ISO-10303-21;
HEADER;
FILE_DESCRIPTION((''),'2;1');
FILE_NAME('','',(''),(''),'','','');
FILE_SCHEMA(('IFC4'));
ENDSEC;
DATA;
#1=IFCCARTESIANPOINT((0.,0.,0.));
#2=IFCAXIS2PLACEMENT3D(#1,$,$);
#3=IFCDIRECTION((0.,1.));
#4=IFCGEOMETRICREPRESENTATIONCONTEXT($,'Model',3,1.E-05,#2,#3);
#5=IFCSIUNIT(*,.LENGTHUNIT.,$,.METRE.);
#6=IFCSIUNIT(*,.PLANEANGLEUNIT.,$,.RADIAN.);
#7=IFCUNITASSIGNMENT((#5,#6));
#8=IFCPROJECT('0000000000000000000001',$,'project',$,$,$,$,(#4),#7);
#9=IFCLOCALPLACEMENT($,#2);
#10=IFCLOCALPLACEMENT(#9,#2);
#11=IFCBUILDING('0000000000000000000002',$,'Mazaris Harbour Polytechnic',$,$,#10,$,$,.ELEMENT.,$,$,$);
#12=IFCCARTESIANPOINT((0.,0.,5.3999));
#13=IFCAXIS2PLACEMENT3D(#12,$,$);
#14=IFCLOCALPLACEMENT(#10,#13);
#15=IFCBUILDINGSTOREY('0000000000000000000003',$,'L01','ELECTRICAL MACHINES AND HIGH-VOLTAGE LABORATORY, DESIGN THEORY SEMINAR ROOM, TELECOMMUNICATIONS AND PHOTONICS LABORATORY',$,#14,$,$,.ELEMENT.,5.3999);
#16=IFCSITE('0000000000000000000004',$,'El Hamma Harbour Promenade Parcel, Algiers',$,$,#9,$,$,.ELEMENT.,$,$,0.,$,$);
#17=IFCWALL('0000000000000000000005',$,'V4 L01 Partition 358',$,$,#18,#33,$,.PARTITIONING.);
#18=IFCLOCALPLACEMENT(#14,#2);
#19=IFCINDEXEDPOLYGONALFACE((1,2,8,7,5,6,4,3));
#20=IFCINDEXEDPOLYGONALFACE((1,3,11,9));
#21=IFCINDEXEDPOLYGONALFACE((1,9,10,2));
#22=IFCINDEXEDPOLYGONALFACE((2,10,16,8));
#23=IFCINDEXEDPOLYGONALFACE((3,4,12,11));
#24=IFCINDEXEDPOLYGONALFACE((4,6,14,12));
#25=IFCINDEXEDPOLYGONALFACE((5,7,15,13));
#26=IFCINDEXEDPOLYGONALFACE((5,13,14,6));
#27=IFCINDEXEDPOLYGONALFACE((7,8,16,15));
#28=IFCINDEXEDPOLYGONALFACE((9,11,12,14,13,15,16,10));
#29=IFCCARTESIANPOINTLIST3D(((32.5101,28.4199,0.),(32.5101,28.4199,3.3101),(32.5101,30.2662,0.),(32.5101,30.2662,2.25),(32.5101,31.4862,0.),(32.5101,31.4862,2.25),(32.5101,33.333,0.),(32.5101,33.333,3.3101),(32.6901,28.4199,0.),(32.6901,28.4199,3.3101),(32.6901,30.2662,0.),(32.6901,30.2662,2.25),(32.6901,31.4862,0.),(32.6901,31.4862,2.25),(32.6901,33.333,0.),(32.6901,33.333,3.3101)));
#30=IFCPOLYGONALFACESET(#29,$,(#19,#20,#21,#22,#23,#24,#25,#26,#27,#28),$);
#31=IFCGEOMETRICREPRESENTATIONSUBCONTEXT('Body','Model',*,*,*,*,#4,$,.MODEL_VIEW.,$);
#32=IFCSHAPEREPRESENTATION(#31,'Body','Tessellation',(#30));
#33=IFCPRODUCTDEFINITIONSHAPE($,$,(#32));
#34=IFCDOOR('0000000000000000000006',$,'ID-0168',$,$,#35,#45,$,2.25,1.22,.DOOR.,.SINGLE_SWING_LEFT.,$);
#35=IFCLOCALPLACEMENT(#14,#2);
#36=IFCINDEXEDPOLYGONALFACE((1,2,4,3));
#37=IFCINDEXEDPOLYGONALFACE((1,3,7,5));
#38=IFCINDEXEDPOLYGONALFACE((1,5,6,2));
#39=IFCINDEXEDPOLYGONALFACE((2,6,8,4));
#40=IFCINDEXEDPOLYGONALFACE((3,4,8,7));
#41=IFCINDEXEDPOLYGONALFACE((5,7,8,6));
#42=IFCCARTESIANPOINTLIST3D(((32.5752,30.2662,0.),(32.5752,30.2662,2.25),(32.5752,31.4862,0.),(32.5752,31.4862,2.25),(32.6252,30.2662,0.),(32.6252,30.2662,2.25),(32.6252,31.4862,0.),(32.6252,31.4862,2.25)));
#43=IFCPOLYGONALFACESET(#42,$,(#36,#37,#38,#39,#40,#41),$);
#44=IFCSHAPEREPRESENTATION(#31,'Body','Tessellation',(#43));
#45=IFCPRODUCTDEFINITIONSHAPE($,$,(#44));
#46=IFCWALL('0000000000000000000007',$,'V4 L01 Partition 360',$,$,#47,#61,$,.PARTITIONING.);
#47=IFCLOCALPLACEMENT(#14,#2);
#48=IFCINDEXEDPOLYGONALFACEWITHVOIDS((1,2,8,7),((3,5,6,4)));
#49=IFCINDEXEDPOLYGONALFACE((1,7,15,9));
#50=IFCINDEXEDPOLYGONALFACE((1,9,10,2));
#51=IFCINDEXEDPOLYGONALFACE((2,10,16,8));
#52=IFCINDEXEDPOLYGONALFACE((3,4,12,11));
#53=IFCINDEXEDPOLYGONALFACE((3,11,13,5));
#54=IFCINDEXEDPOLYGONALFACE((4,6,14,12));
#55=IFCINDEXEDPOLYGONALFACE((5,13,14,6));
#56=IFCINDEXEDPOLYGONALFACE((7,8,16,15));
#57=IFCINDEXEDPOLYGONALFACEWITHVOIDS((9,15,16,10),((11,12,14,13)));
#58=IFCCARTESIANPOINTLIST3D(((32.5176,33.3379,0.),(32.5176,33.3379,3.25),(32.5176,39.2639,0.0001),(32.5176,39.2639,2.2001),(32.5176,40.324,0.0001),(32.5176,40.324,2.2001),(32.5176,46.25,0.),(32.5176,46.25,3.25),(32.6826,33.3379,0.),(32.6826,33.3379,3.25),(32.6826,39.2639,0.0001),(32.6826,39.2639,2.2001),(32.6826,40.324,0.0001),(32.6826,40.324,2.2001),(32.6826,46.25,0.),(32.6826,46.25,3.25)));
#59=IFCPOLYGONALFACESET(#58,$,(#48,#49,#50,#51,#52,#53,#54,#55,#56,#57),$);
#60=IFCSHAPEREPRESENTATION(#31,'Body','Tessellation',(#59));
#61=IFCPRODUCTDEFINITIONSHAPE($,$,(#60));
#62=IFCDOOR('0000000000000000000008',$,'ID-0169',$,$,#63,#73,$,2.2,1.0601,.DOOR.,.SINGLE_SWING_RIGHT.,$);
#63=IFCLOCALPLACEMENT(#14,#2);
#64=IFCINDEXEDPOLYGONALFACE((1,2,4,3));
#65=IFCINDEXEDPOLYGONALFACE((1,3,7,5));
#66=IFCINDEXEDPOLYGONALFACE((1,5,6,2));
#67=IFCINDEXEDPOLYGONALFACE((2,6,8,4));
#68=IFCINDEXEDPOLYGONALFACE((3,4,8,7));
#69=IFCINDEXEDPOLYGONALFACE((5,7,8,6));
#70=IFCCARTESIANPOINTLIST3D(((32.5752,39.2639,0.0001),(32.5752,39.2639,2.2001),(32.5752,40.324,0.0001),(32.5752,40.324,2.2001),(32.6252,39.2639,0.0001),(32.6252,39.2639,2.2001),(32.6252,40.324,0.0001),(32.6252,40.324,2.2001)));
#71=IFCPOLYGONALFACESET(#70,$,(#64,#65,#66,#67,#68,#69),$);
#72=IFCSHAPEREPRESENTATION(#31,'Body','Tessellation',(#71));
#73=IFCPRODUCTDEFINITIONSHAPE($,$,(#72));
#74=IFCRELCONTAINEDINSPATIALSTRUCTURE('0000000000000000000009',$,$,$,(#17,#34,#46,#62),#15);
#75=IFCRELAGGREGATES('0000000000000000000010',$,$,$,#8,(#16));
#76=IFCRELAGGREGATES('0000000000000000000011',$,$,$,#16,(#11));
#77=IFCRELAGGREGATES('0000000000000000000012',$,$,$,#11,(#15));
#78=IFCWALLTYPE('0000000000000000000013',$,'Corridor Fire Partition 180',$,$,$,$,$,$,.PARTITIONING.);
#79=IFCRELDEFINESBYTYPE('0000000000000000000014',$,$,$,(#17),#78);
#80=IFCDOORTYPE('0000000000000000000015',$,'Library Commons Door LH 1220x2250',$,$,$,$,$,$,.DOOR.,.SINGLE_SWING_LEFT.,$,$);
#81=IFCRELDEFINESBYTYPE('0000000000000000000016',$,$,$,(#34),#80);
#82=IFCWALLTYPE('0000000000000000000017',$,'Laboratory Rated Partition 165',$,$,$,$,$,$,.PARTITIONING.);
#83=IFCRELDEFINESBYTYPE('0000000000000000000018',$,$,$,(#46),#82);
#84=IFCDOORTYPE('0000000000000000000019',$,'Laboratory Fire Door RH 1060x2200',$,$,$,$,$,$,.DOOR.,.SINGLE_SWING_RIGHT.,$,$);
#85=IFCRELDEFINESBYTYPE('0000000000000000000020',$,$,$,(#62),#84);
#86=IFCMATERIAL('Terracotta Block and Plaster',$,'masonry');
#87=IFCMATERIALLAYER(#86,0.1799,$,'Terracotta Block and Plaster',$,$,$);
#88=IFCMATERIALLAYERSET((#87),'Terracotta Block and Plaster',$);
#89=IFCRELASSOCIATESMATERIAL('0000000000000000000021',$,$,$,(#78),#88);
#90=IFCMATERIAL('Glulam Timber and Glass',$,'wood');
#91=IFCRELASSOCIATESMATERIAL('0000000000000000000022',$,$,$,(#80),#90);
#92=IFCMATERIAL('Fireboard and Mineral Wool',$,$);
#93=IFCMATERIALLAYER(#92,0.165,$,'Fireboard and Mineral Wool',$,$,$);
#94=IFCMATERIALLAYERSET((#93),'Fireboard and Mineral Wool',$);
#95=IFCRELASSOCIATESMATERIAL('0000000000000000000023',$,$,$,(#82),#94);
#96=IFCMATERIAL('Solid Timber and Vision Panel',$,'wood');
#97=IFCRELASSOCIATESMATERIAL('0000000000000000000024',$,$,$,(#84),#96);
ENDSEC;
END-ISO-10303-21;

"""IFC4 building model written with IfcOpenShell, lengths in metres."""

from ifc_helpers import new_model, si_unit, direction, frame, frame_2d, origin, place, context, subcontext, project, spatial, rectangle, extrude, material, layer, layer_set, type_object, element, fill, save


model = new_model("IFC4")

# Units and contexts
model_context = context("Model", 3, precision=1e-05, world=origin(), true_north=direction((0.0, 1.0)))
body_context = subcontext(model_context, "Body", "Model", "MODEL_VIEW")
ifc_project = project(units=[si_unit("LENGTHUNIT", "METRE"), si_unit("PLANEANGLEUNIT", "RADIAN")], contexts=[model_context])

# Site, building, storey
site_placement = place(None, origin())
site = spatial("IfcSite", under=ifc_project, at=site_placement, Name="El Hamma Harbour Promenade Parcel, Algiers", CompositionType="ELEMENT", RefElevation=0.0)
building_placement = place(site_placement, origin())
building = spatial("IfcBuilding", under=site, at=building_placement, Name="Mazaris Harbour Polytechnic", CompositionType="ELEMENT")
storey_placement = place(building_placement, frame((0.0, 0.0, 5.3999)))
storey = spatial("IfcBuildingStorey", under=building, at=storey_placement, Name="L01", Description="ELECTRICAL MACHINES AND HIGH-VOLTAGE LABORATORY, DESIGN THEORY SEMINAR ROOM, TELECOMMUNICATIONS AND PHOTONICS LABORATORY", CompositionType="ELEMENT", Elevation=5.3999)

# Walls, openings, doors
ifc_material_1 = material(Name="Terracotta Block and Plaster", Category="masonry")
ifc_layer_1 = layer(ifc_material_1, 0.1799, Name="Terracotta Block and Plaster")
ifc_layer_set_1 = layer_set([ifc_layer_1], Name="Terracotta Block and Plaster")
wall_type_1 = type_object("IfcWallType", Name="Corridor Fire Partition 180", PredefinedType="PARTITIONING", material=ifc_layer_set_1)
wall_1_placement = place(storey_placement, frame((32.6001, 28.4199, 0.0), z_axis=(0.0, 0.0, 1.0), x_axis=(0.0, 1.0, 0.0)))
wall_1 = element("IfcWall", 1, at=wall_1_placement, inside=storey, type_object=wall_type_1, Name="V4 L01 Partition 358", PredefinedType="PARTITIONING", context=body_context, shape_type="SweptSolid", body=[
    extrude(rectangle(XDim=4.9131, YDim=0.1799, at=frame_2d((2.4565, 0.0))), origin(), (0.0, 0.0, 1.0), 3.3101),
])
opening_1_placement = place(wall_1_placement, frame((1.8464, 0.0, 0.0)))
opening_1 = element("IfcOpeningElement", 2, at=opening_1_placement, cuts=wall_1, PredefinedType="OPENING", context=body_context, shape_type="SweptSolid", body=[
    extrude(rectangle(XDim=1.22, YDim=2.25, at=frame_2d((0.6099, 1.125))), frame((0.0, 0.0999, 0.0), z_axis=(0.0, -1.0, 0.0), x_axis=(1.0, 0.0, 0.0)), (0.0, 0.0, 1.0), 0.2),
])
ifc_material_2 = material(Name="Glulam Timber and Glass", Category="wood")
door_type_1 = type_object("IfcDoorType", Name="Library Commons Door LH 1220x2250", OperationType="SINGLE_SWING_LEFT", PredefinedType="DOOR", material=ifc_material_2)
door_1_placement = place(opening_1_placement, origin())
door_1 = element("IfcDoor", 3, at=door_1_placement, inside=storey, type_object=door_type_1, Name="ID-0168", OperationType="SINGLE_SWING_LEFT", OverallHeight=2.25, OverallWidth=1.22, PredefinedType="DOOR", context=body_context, shape_type="SweptSolid", body=[
    extrude(rectangle(XDim=1.22, YDim=2.25, at=frame_2d((0.6099, 1.125))), frame((0.0, 0.0249, 0.0), z_axis=(0.0, -1.0, 0.0), x_axis=(1.0, 0.0, 0.0)), (0.0, 0.0, 1.0), 0.05),
])
fill(opening_1, door_1)
ifc_material_3 = material(Name="Fireboard and Mineral Wool")
ifc_layer_2 = layer(ifc_material_3, 0.165, Name="Fireboard and Mineral Wool")
ifc_layer_set_2 = layer_set([ifc_layer_2], Name="Fireboard and Mineral Wool")
wall_type_2 = type_object("IfcWallType", Name="Laboratory Rated Partition 165", PredefinedType="PARTITIONING", material=ifc_layer_set_2)
wall_2_placement = place(storey_placement, frame((32.6001, 33.3379, 0.0), z_axis=(0.0, 0.0, 1.0), x_axis=(0.0, 1.0, 0.0)))
wall_2 = element("IfcWall", 4, at=wall_2_placement, inside=storey, type_object=wall_type_2, Name="V4 L01 Partition 360", PredefinedType="PARTITIONING", context=body_context, shape_type="SweptSolid", body=[
    extrude(rectangle(XDim=12.9121, YDim=0.165, at=frame_2d((6.4561, 0.0))), origin(), (0.0, 0.0, 1.0), 3.25),
])
opening_2_placement = place(wall_2_placement, frame((5.926, 0.0, 0.0)))
opening_2 = element("IfcOpeningElement", 5, at=opening_2_placement, cuts=wall_2, PredefinedType="OPENING", context=body_context, shape_type="SweptSolid", body=[
    extrude(rectangle(XDim=1.0601, YDim=2.2, at=frame_2d((0.53, 1.1001))), frame((0.0, 0.0925, 0.0), z_axis=(0.0, -1.0, 0.0), x_axis=(1.0, 0.0, 0.0)), (0.0, 0.0, 1.0), 0.1851),
])
ifc_material_4 = material(Name="Solid Timber and Vision Panel", Category="wood")
door_type_2 = type_object("IfcDoorType", Name="Laboratory Fire Door RH 1060x2200", OperationType="SINGLE_SWING_RIGHT", PredefinedType="DOOR", material=ifc_material_4)
door_2_placement = place(opening_2_placement, origin())
door_2 = element("IfcDoor", 6, at=door_2_placement, inside=storey, type_object=door_type_2, Name="ID-0169", OperationType="SINGLE_SWING_RIGHT", OverallHeight=2.2, OverallWidth=1.0601, PredefinedType="DOOR", context=body_context, shape_type="SweptSolid", body=[
    extrude(rectangle(XDim=1.0601, YDim=2.2, at=frame_2d((0.53, 1.1001))), frame((0.0, 0.0249, 0.0), z_axis=(0.0, -1.0, 0.0), x_axis=(1.0, 0.0, 0.0)), (0.0, 0.0, 1.0), 0.05),
])
fill(opening_2, door_2)

save(model, "model.ifc")
